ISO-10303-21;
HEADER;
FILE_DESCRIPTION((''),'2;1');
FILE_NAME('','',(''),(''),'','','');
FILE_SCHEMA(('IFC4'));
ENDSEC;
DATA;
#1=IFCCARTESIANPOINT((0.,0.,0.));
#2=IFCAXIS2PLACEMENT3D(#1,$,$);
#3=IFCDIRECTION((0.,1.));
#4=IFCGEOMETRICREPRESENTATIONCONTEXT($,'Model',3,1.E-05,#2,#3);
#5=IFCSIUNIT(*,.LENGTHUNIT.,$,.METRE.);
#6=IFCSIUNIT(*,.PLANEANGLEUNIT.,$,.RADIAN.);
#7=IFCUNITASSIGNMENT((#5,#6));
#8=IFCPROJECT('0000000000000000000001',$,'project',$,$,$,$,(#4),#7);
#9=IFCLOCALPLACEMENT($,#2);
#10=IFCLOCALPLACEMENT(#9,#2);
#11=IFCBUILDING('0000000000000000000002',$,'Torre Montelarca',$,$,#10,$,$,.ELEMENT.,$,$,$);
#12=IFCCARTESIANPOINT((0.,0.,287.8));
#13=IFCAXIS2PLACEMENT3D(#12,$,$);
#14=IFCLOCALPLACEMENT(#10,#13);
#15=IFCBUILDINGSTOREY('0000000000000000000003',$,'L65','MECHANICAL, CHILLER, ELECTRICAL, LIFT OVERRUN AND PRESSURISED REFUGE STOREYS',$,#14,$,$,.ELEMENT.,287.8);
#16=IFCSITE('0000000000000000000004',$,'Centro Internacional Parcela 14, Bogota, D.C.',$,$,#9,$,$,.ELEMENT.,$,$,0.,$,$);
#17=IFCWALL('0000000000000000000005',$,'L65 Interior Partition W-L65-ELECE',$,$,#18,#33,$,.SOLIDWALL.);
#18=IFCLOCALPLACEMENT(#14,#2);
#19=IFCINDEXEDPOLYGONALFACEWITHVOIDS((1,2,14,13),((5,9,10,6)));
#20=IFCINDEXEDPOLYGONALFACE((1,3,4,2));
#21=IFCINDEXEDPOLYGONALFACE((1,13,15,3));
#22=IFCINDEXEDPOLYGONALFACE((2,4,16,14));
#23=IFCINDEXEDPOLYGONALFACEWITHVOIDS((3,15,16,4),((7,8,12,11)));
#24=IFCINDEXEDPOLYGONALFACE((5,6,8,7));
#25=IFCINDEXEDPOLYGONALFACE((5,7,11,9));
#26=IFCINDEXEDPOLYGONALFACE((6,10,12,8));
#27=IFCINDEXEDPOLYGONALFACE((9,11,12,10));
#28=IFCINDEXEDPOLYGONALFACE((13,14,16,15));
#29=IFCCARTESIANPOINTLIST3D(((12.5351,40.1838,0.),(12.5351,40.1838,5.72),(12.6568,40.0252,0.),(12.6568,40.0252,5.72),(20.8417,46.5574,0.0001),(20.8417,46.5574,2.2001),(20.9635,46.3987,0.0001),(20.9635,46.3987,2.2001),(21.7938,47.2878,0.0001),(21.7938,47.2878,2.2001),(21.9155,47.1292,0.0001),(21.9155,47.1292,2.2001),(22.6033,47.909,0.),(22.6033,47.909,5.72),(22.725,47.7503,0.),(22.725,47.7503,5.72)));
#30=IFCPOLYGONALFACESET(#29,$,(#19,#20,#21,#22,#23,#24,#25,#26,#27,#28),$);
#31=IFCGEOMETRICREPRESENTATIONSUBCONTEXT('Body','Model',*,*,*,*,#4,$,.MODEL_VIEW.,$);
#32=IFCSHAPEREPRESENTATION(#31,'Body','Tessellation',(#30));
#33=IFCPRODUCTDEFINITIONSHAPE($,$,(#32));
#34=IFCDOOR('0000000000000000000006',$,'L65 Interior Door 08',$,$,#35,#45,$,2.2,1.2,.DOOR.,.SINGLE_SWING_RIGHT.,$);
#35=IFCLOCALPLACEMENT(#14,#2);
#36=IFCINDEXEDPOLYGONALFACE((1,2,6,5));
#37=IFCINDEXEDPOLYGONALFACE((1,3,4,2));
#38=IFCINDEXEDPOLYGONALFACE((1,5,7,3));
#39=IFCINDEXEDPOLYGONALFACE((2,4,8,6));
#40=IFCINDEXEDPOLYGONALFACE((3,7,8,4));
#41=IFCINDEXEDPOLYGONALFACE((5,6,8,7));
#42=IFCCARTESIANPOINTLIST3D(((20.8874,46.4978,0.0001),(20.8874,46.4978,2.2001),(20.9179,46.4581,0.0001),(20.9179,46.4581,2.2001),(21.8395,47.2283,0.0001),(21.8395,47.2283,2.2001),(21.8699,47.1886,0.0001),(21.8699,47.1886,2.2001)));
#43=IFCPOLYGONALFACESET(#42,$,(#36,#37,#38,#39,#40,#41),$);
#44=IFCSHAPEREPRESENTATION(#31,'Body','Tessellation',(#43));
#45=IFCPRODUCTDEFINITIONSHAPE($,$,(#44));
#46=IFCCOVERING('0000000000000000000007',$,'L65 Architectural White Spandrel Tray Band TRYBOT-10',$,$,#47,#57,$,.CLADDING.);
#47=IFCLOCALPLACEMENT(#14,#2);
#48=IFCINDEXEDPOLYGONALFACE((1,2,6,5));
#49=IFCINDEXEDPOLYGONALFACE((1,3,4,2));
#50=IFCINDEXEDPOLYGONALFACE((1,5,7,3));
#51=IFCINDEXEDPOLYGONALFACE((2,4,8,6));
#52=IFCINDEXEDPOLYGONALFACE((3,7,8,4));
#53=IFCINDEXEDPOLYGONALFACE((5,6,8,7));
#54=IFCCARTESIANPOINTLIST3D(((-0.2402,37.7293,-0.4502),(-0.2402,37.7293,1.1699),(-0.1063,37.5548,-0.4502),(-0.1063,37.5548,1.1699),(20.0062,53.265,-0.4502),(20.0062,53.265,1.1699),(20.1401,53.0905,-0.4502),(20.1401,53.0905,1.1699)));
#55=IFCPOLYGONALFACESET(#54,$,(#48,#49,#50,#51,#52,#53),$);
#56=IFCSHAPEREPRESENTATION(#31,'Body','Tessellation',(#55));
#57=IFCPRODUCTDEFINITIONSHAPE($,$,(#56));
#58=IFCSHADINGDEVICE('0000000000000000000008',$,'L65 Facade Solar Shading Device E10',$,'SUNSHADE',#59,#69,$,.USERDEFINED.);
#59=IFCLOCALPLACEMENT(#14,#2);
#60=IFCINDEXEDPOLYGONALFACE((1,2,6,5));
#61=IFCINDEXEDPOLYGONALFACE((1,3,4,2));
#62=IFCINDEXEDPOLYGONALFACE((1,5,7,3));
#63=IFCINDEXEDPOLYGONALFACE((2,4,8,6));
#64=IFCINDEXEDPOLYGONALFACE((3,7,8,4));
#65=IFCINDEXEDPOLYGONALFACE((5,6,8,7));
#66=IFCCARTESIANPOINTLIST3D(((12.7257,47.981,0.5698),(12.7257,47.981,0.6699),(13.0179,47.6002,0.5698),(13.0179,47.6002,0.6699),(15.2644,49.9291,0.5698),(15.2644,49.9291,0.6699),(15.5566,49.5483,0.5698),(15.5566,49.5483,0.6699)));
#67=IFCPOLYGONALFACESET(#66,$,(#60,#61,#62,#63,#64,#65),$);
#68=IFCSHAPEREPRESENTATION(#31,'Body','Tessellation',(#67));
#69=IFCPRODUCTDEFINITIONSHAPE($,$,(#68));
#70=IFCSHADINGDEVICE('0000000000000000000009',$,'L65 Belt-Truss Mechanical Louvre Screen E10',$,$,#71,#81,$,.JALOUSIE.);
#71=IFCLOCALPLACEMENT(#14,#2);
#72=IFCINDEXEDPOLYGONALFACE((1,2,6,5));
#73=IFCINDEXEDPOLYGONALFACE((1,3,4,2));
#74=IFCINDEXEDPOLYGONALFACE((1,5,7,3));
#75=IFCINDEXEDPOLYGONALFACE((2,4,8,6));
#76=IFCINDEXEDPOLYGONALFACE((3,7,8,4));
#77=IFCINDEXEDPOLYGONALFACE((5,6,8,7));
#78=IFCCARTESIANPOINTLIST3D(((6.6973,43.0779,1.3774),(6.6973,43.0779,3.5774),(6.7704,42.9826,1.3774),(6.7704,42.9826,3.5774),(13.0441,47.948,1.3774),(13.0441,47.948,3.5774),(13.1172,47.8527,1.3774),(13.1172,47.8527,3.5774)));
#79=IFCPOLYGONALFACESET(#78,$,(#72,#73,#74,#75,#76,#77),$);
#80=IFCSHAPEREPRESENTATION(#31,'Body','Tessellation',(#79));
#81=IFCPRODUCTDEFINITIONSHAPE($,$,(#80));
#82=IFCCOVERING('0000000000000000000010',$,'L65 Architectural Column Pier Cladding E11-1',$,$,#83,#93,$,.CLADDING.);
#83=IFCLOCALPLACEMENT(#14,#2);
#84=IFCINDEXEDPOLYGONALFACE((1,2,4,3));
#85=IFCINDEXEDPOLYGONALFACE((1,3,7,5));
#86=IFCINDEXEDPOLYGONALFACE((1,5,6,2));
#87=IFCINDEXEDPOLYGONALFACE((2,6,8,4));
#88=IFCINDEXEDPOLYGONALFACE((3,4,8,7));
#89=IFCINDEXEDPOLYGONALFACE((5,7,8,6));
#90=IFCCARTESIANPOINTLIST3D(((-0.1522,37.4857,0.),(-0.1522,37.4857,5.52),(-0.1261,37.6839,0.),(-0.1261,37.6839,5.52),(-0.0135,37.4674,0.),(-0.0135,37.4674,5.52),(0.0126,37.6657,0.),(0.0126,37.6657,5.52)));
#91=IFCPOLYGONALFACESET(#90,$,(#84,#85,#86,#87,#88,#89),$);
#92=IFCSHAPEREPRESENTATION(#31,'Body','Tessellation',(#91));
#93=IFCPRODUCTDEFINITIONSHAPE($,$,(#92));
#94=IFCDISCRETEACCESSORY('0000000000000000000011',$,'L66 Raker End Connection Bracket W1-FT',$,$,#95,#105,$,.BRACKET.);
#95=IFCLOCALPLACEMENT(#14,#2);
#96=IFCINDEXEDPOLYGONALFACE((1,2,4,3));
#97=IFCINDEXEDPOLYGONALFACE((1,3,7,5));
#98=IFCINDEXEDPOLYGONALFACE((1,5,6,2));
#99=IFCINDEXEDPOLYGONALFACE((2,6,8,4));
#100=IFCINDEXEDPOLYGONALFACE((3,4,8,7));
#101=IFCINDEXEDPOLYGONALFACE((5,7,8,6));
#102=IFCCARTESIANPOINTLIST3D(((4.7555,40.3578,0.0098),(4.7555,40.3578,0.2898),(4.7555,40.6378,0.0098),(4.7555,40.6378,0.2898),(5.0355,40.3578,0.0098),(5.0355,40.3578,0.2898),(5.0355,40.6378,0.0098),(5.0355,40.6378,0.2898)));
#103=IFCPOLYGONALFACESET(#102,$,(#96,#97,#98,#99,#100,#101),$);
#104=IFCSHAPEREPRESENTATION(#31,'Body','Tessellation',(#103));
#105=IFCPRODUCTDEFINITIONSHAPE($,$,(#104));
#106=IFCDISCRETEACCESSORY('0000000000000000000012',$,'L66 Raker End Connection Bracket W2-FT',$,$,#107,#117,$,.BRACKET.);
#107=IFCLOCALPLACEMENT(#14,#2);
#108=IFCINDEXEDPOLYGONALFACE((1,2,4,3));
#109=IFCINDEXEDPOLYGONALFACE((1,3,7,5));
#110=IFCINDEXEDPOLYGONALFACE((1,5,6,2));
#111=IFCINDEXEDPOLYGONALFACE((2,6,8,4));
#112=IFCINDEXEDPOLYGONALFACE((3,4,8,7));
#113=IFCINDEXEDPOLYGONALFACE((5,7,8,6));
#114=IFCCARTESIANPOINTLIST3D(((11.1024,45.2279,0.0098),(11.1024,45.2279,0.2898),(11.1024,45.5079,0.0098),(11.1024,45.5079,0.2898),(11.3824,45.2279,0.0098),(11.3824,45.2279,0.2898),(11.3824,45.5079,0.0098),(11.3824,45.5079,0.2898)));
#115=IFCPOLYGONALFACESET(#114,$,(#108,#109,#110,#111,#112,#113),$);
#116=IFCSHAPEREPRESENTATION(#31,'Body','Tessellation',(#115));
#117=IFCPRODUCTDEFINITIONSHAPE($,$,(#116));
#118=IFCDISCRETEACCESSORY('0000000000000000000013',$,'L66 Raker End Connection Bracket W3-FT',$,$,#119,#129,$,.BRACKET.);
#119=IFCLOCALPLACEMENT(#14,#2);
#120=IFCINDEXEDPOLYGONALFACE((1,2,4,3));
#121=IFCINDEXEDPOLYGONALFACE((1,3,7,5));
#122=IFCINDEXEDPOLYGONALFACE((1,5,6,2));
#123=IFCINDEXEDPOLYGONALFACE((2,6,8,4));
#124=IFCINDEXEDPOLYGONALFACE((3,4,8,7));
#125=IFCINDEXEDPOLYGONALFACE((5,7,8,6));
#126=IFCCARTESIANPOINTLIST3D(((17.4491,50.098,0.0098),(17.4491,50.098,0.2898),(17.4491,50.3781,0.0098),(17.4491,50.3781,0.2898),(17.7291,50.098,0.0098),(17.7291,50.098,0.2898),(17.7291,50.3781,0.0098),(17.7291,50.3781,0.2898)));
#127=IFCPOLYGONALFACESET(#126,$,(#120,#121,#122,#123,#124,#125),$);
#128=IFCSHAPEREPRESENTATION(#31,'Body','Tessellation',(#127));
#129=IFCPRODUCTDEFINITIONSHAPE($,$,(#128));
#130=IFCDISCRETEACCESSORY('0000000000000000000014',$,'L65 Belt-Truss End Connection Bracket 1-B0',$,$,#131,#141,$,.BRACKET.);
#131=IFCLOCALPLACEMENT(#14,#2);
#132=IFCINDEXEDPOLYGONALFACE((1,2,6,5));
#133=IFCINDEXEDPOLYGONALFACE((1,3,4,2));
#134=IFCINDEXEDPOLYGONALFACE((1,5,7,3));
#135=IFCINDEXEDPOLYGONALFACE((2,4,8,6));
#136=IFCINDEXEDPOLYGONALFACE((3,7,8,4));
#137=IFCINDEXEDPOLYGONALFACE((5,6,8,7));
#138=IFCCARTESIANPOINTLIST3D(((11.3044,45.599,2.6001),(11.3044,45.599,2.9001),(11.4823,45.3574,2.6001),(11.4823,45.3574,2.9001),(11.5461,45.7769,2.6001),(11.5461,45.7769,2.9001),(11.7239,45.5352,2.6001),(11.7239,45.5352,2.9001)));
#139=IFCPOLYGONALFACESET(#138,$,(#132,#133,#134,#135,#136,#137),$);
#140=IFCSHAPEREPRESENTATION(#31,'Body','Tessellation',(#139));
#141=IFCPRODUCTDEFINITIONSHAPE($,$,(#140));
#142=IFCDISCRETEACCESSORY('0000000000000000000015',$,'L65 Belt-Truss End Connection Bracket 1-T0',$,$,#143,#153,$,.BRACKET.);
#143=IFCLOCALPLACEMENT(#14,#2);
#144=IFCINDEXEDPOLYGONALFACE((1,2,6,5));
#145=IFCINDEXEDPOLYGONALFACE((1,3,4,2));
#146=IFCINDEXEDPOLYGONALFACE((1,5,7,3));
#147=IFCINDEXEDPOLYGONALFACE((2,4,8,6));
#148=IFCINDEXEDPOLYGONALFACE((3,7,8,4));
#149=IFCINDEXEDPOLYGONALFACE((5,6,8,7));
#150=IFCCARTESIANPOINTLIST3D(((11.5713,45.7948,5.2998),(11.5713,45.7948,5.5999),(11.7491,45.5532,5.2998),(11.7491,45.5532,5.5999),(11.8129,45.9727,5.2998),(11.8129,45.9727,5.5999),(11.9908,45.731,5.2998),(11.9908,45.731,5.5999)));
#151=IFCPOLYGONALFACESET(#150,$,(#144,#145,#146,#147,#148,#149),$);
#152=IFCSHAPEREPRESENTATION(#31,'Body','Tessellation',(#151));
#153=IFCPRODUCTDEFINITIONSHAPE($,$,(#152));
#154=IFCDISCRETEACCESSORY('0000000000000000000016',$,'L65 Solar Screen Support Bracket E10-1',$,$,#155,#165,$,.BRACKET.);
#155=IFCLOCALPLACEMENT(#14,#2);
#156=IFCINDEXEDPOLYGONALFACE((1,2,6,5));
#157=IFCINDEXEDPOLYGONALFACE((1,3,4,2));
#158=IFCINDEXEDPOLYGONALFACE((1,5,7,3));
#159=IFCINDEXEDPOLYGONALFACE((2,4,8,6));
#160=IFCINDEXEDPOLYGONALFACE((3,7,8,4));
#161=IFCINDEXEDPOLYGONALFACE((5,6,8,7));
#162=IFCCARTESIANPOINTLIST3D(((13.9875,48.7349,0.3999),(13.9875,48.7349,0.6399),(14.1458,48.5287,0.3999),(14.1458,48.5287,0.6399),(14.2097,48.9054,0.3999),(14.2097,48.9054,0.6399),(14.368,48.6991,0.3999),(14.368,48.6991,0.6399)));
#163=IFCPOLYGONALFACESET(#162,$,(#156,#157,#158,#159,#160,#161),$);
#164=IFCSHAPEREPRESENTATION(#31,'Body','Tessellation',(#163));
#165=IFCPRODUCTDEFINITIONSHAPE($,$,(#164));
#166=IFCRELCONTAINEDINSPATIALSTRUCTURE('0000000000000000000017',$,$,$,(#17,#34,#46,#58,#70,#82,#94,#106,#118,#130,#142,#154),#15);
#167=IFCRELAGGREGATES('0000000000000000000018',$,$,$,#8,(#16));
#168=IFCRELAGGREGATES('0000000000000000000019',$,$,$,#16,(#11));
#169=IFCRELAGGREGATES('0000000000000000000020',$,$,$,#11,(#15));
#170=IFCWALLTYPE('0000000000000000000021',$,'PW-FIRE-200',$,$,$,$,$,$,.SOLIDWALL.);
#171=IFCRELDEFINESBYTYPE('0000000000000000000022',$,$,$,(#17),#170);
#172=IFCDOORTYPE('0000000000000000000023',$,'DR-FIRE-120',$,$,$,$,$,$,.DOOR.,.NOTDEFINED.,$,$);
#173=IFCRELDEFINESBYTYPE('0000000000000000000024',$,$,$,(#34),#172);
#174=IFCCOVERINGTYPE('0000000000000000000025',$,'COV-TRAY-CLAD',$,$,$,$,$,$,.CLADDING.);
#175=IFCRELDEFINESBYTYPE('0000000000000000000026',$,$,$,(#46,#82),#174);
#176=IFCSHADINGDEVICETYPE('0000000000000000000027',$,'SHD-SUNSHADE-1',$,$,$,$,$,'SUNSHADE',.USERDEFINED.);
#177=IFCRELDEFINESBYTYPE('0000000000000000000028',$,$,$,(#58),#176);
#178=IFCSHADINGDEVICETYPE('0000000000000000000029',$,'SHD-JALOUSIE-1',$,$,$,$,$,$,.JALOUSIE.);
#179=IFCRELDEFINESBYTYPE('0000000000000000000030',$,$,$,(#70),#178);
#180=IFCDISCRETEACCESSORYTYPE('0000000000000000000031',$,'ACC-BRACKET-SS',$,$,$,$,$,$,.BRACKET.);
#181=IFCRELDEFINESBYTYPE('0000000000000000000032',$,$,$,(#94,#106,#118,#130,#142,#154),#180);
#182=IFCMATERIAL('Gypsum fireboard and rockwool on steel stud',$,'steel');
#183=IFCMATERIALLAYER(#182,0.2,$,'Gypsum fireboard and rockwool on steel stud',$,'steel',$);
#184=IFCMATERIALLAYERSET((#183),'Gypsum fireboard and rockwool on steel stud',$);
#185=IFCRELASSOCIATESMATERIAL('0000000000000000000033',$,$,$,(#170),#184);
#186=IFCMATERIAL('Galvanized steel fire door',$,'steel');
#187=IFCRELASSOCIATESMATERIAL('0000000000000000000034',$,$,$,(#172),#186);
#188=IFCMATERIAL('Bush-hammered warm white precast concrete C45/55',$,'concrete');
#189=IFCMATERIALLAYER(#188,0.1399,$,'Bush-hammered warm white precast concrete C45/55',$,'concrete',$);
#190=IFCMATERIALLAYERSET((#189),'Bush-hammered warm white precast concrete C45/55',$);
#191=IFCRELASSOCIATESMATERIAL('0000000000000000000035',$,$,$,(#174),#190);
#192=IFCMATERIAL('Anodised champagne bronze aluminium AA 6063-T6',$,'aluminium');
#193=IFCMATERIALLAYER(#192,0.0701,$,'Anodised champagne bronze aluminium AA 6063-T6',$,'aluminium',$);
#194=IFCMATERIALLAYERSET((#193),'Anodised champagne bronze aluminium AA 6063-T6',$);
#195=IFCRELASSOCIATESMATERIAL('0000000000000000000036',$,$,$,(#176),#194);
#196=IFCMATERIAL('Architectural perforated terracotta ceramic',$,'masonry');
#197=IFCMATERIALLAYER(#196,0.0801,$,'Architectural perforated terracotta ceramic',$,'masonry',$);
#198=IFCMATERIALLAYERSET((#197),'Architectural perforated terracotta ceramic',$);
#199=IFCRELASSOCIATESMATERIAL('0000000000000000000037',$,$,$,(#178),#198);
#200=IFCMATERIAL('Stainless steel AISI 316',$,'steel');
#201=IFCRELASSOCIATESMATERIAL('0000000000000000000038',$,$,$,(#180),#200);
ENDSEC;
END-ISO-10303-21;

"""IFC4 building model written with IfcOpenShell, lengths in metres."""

from ifc_helpers import new_model, si_unit, direction, frame, frame_2d, origin, origin_2d, place, context, subcontext, project, spatial, rectangle, extrude, source, transform, mapped, material, layer, layer_set, type_object, element, fill, save


model = new_model("IFC4")

# Units and contexts
model_context = context("Model", 3, precision=1e-05, world=origin(), true_north=direction((0.0, 1.0)))
body_context = subcontext(model_context, "Body", "Model", "MODEL_VIEW")
ifc_project = project(units=[si_unit("LENGTHUNIT", "METRE"), si_unit("PLANEANGLEUNIT", "RADIAN")], contexts=[model_context])

# Site, building, storey
site_placement = place(None, origin())
site = spatial("IfcSite", under=ifc_project, at=site_placement, Name="Centro Internacional Parcela 14, Bogota, D.C.", CompositionType="ELEMENT", RefElevation=0.0)
building_placement = place(site_placement, origin())
building = spatial("IfcBuilding", under=site, at=building_placement, Name="Torre Montelarca", CompositionType="ELEMENT")
storey_placement = place(building_placement, frame((0.0, 0.0, 287.8)))
storey = spatial("IfcBuildingStorey", under=building, at=storey_placement, Name="L65", Description="MECHANICAL, CHILLER, ELECTRICAL, LIFT OVERRUN AND PRESSURISED REFUGE STOREYS", CompositionType="ELEMENT", Elevation=287.8)

# Shared definitions
ifc_material_1 = material(Name="Architectural perforated terracotta ceramic", Category="masonry")

# Shared definitions
ifc_material_2 = material(Name="Gypsum fireboard and rockwool on steel stud", Category="steel")
ifc_layer_1 = layer(ifc_material_2, 0.2, Name="Gypsum fireboard and rockwool on steel stud", Category="steel")
ifc_layer_set_1 = layer_set([ifc_layer_1], Name="Gypsum fireboard and rockwool on steel stud")
wall_type_1 = type_object("IfcWallType", Name="PW-FIRE-200", PredefinedType="SOLIDWALL", material=ifc_layer_set_1)

# Wall, opening, door
wall_1_placement = place(storey_placement, frame((12.5959, 40.1045, 0.0), z_axis=(0.0, 0.0, 1.0), x_axis=(0.79337, 0.60874, 0.0)))
wall_1 = element("IfcWall", 1, at=wall_1_placement, inside=storey, type_object=wall_type_1, Name="L65 Interior Partition W-L65-ELECE", PredefinedType="SOLIDWALL", context=body_context, shape_type="SweptSolid", body=[
    extrude(rectangle(XDim=12.6904, YDim=0.2, at=frame_2d((6.3452, 0.0))), origin(), (0.0, 0.0, 1.0), 5.72),
])
opening_placement = place(wall_1_placement, frame((10.47, 0.0, 0.0)))
opening = element("IfcOpeningElement", 2, at=opening_placement, cuts=wall_1, PredefinedType="OPENING", context=body_context, shape_type="SweptSolid", body=[
    extrude(rectangle(XDim=1.2, YDim=2.2, at=frame_2d((0.6001, 1.1001))), frame((0.0, 0.1099, 0.0), z_axis=(0.0, -1.0, 0.0), x_axis=(1.0, 0.0, 0.0)), (0.0, 0.0, 1.0), 0.22),
])
ifc_material_3 = material(Name="Galvanized steel fire door", Category="steel")
door_type = type_object("IfcDoorType", Name="DR-FIRE-120", OperationType="NOTDEFINED", PredefinedType="DOOR", material=ifc_material_3)
shared_shape_1 = source(origin(), body_context, "Body", "SweptSolid", [
    extrude(rectangle(XDim=1.2, YDim=2.2, at=frame_2d((0.6001, 1.1001))), frame((0.0, 0.0249, 0.0), z_axis=(0.0, -1.0, 0.0), x_axis=(1.0, 0.0, 0.0)), (0.0, 0.0, 1.0), 0.05),
])
door_placement = place(opening_placement, origin())
door = element("IfcDoor", 3, at=door_placement, inside=storey, type_object=door_type, Name="L65 Interior Door 08", OperationType="SINGLE_SWING_RIGHT", OverallHeight=2.2, OverallWidth=1.2, PredefinedType="DOOR", context=body_context, shape_type="MappedRepresentation", body=[
    mapped(shared_shape_1, transform((0.0, 0.0, 0.0), scale=1.0)),
])
fill(opening, door)

# Covering
ifc_material_4 = material(Name="Bush-hammered warm white precast concrete C45/55", Category="concrete")
ifc_layer_2 = layer(ifc_material_4, 0.1399, Name="Bush-hammered warm white precast concrete C45/55", Category="concrete")
ifc_layer_set_2 = layer_set([ifc_layer_2], Name="Bush-hammered warm white precast concrete C45/55")
covering_type = type_object("IfcCoveringType", Name="COV-TRAY-CLAD", PredefinedType="CLADDING", material=ifc_layer_set_2)
shared_shape_2 = source(origin(), body_context, "Body", "SweptSolid", [
    extrude(rectangle(XDim=25.52, YDim=0.22, at=origin_2d()), origin(), (0.0, 0.0, 1.0), 1.6201),
])
covering_1_placement = place(storey_placement, frame((9.95, 45.4099, -0.4502), z_axis=(0.0, 0.0, 1.0), x_axis=(-0.793352, -0.608763, 0.0)))
element("IfcCovering", 4, at=covering_1_placement, inside=storey, type_object=covering_type, Name="L65 Architectural White Spandrel Tray Band TRYBOT-10", PredefinedType="CLADDING", context=body_context, shape_type="MappedRepresentation", body=[
    mapped(shared_shape_2, transform((0.0, 0.0, 0.0), scale=1.0)),
])

# Shading devices
ifc_material_5 = material(Name="Anodised champagne bronze aluminium AA 6063-T6", Category="aluminium")
ifc_layer_3 = layer(ifc_material_5, 0.0701, Name="Anodised champagne bronze aluminium AA 6063-T6", Category="aluminium")
ifc_layer_set_3 = layer_set([ifc_layer_3], Name="Anodised champagne bronze aluminium AA 6063-T6")
shading_device_type_1 = type_object("IfcShadingDeviceType", Name="SHD-SUNSHADE-1", ElementType="SUNSHADE", PredefinedType="USERDEFINED", material=ifc_layer_set_3)
shared_shape_3 = source(origin(), body_context, "Body", "SweptSolid", [
    extrude(rectangle(XDim=3.2, YDim=0.48, at=origin_2d()), origin(), (0.0, 0.0, 1.0), 0.1001),
])
shading_device_1_placement = place(storey_placement, frame((14.1411, 48.7646, 0.5698), z_axis=(0.0, 0.0, 1.0), x_axis=(-0.793352, -0.608763, 0.0)))
element("IfcShadingDevice", 5, at=shading_device_1_placement, inside=storey, type_object=shading_device_type_1, Name="L65 Facade Solar Shading Device E10", ObjectType="SUNSHADE", PredefinedType="USERDEFINED", context=body_context, shape_type="MappedRepresentation", body=[
    mapped(shared_shape_3, transform((0.0, 0.0, 0.0), scale=1.0)),
])
ifc_layer_4 = layer(ifc_material_1, 0.0801, Name="Architectural perforated terracotta ceramic", Category="masonry")
ifc_layer_set_4 = layer_set([ifc_layer_4], Name="Architectural perforated terracotta ceramic")
shading_device_type_2 = type_object("IfcShadingDeviceType", Name="SHD-JALOUSIE-1", PredefinedType="JALOUSIE", material=ifc_layer_set_4)
shared_shape_4 = source(origin(), body_context, "Body", "SweptSolid", [
    extrude(rectangle(XDim=8.0, YDim=0.1201, at=origin_2d()), origin(), (0.0, 0.0, 1.0), 2.2),
])
shading_device_2_placement = place(storey_placement, frame((9.9072, 45.4653, 1.3774), z_axis=(0.0, 0.0, 1.0), x_axis=(-0.793351, -0.608764, 0.0)))
element("IfcShadingDevice", 6, at=shading_device_2_placement, inside=storey, type_object=shading_device_type_2, Name="L65 Belt-Truss Mechanical Louvre Screen E10", PredefinedType="JALOUSIE", context=body_context, shape_type="MappedRepresentation", body=[
    mapped(shared_shape_4, transform((0.0, 0.0, 0.0), scale=1.0)),
])

# Covering
shared_shape_5 = source(origin(), body_context, "Body", "SweptSolid", [
    extrude(rectangle(XDim=0.2, YDim=0.1399, at=origin_2d()), origin(), (0.0, 0.0, 1.0), 5.52),
])
covering_2_placement = place(storey_placement, frame((-0.0698, 37.5757, 0.0), z_axis=(0.0, 0.0, 1.0), x_axis=(-0.130531, -0.991444, 0.0)))
element("IfcCovering", 7, at=covering_2_placement, inside=storey, type_object=covering_type, Name="L65 Architectural Column Pier Cladding E11-1", PredefinedType="CLADDING", context=body_context, shape_type="MappedRepresentation", body=[
    mapped(shared_shape_5, transform((0.0, 0.0, 0.0), scale=1.0)),
])

# Discrete accessories
ifc_material_6 = material(Name="Stainless steel AISI 316", Category="steel")
discrete_accessory_type = type_object("IfcDiscreteAccessoryType", Name="ACC-BRACKET-SS", PredefinedType="BRACKET", material=ifc_material_6)
shared_shape_6 = source(origin(), body_context, "Body", "SweptSolid", [
    extrude(rectangle(XDim=0.28, YDim=0.28, at=origin_2d()), origin(), (0.0, 0.0, 1.0), 0.28),
])
for number, where, z_axis, x_axis, name in (
    (8, (4.8955, 40.4978, 0.0098), (0.0, 0.0, 1.0), (1.0, 0.0, 0.0), "L66 Raker End Connection Bracket W1-FT"),
    (9, (11.2424, 45.3679, 0.0098), (0.0, 0.0, 1.0), (1.0, 0.0, 0.0), "L66 Raker End Connection Bracket W2-FT"),
    (10, (17.5891, 50.238, 0.0098), (0.0, 0.0, 1.0), (1.0, 0.0, 0.0), "L66 Raker End Connection Bracket W3-FT"),
):
    element("IfcDiscreteAccessory", number, at=place(storey_placement, frame(where, z_axis=z_axis, x_axis=x_axis)), inside=storey, type_object=discrete_accessory_type, Name=name, PredefinedType="BRACKET", context=body_context, shape_type="MappedRepresentation", body=[
        mapped(shared_shape_6, transform((0.0, 0.0, 0.0), scale=1.0)),
    ])
shared_shape_7 = source(origin(), body_context, "Body", "SweptSolid", [
    extrude(rectangle(XDim=0.3, YDim=0.3, at=origin_2d()), origin(), (0.0, 0.0, 1.0), 0.3),
])
for number, where, z_axis, x_axis, name in (
    (11, (11.5142, 45.5671, 2.6001), (0.0, 0.0, 1.0), (0.805411, 0.592716, 0.0), "L65 Belt-Truss End Connection Bracket 1-B0"),
    (12, (11.781, 45.7629, 5.2998), (0.0, 0.0, 1.0), (0.805411, 0.592716, 0.0), "L65 Belt-Truss End Connection Bracket 1-T0"),
):
    element("IfcDiscreteAccessory", number, at=place(storey_placement, frame(where, z_axis=z_axis, x_axis=x_axis)), inside=storey, type_object=discrete_accessory_type, Name=name, PredefinedType="BRACKET", context=body_context, shape_type="MappedRepresentation", body=[
        mapped(shared_shape_7, transform((0.0, 0.0, 0.0), scale=1.0)),
    ])
shared_shape_8 = source(origin(), body_context, "Body", "SweptSolid", [
    extrude(rectangle(XDim=0.28, YDim=0.26, at=origin_2d()), origin(), (0.0, 0.0, 1.0), 0.24),
])
discrete_accessory_placement = place(storey_placement, frame((14.1777, 48.717, 0.3999), z_axis=(0.0, 0.0, 1.0), x_axis=(-0.793352, -0.608763, 0.0)))
element("IfcDiscreteAccessory", 13, at=discrete_accessory_placement, inside=storey, type_object=discrete_accessory_type, Name="L65 Solar Screen Support Bracket E10-1", PredefinedType="BRACKET", context=body_context, shape_type="MappedRepresentation", body=[
    mapped(shared_shape_8, transform((0.0, 0.0, 0.0), scale=1.0)),
])

save(model, "model.ifc")
